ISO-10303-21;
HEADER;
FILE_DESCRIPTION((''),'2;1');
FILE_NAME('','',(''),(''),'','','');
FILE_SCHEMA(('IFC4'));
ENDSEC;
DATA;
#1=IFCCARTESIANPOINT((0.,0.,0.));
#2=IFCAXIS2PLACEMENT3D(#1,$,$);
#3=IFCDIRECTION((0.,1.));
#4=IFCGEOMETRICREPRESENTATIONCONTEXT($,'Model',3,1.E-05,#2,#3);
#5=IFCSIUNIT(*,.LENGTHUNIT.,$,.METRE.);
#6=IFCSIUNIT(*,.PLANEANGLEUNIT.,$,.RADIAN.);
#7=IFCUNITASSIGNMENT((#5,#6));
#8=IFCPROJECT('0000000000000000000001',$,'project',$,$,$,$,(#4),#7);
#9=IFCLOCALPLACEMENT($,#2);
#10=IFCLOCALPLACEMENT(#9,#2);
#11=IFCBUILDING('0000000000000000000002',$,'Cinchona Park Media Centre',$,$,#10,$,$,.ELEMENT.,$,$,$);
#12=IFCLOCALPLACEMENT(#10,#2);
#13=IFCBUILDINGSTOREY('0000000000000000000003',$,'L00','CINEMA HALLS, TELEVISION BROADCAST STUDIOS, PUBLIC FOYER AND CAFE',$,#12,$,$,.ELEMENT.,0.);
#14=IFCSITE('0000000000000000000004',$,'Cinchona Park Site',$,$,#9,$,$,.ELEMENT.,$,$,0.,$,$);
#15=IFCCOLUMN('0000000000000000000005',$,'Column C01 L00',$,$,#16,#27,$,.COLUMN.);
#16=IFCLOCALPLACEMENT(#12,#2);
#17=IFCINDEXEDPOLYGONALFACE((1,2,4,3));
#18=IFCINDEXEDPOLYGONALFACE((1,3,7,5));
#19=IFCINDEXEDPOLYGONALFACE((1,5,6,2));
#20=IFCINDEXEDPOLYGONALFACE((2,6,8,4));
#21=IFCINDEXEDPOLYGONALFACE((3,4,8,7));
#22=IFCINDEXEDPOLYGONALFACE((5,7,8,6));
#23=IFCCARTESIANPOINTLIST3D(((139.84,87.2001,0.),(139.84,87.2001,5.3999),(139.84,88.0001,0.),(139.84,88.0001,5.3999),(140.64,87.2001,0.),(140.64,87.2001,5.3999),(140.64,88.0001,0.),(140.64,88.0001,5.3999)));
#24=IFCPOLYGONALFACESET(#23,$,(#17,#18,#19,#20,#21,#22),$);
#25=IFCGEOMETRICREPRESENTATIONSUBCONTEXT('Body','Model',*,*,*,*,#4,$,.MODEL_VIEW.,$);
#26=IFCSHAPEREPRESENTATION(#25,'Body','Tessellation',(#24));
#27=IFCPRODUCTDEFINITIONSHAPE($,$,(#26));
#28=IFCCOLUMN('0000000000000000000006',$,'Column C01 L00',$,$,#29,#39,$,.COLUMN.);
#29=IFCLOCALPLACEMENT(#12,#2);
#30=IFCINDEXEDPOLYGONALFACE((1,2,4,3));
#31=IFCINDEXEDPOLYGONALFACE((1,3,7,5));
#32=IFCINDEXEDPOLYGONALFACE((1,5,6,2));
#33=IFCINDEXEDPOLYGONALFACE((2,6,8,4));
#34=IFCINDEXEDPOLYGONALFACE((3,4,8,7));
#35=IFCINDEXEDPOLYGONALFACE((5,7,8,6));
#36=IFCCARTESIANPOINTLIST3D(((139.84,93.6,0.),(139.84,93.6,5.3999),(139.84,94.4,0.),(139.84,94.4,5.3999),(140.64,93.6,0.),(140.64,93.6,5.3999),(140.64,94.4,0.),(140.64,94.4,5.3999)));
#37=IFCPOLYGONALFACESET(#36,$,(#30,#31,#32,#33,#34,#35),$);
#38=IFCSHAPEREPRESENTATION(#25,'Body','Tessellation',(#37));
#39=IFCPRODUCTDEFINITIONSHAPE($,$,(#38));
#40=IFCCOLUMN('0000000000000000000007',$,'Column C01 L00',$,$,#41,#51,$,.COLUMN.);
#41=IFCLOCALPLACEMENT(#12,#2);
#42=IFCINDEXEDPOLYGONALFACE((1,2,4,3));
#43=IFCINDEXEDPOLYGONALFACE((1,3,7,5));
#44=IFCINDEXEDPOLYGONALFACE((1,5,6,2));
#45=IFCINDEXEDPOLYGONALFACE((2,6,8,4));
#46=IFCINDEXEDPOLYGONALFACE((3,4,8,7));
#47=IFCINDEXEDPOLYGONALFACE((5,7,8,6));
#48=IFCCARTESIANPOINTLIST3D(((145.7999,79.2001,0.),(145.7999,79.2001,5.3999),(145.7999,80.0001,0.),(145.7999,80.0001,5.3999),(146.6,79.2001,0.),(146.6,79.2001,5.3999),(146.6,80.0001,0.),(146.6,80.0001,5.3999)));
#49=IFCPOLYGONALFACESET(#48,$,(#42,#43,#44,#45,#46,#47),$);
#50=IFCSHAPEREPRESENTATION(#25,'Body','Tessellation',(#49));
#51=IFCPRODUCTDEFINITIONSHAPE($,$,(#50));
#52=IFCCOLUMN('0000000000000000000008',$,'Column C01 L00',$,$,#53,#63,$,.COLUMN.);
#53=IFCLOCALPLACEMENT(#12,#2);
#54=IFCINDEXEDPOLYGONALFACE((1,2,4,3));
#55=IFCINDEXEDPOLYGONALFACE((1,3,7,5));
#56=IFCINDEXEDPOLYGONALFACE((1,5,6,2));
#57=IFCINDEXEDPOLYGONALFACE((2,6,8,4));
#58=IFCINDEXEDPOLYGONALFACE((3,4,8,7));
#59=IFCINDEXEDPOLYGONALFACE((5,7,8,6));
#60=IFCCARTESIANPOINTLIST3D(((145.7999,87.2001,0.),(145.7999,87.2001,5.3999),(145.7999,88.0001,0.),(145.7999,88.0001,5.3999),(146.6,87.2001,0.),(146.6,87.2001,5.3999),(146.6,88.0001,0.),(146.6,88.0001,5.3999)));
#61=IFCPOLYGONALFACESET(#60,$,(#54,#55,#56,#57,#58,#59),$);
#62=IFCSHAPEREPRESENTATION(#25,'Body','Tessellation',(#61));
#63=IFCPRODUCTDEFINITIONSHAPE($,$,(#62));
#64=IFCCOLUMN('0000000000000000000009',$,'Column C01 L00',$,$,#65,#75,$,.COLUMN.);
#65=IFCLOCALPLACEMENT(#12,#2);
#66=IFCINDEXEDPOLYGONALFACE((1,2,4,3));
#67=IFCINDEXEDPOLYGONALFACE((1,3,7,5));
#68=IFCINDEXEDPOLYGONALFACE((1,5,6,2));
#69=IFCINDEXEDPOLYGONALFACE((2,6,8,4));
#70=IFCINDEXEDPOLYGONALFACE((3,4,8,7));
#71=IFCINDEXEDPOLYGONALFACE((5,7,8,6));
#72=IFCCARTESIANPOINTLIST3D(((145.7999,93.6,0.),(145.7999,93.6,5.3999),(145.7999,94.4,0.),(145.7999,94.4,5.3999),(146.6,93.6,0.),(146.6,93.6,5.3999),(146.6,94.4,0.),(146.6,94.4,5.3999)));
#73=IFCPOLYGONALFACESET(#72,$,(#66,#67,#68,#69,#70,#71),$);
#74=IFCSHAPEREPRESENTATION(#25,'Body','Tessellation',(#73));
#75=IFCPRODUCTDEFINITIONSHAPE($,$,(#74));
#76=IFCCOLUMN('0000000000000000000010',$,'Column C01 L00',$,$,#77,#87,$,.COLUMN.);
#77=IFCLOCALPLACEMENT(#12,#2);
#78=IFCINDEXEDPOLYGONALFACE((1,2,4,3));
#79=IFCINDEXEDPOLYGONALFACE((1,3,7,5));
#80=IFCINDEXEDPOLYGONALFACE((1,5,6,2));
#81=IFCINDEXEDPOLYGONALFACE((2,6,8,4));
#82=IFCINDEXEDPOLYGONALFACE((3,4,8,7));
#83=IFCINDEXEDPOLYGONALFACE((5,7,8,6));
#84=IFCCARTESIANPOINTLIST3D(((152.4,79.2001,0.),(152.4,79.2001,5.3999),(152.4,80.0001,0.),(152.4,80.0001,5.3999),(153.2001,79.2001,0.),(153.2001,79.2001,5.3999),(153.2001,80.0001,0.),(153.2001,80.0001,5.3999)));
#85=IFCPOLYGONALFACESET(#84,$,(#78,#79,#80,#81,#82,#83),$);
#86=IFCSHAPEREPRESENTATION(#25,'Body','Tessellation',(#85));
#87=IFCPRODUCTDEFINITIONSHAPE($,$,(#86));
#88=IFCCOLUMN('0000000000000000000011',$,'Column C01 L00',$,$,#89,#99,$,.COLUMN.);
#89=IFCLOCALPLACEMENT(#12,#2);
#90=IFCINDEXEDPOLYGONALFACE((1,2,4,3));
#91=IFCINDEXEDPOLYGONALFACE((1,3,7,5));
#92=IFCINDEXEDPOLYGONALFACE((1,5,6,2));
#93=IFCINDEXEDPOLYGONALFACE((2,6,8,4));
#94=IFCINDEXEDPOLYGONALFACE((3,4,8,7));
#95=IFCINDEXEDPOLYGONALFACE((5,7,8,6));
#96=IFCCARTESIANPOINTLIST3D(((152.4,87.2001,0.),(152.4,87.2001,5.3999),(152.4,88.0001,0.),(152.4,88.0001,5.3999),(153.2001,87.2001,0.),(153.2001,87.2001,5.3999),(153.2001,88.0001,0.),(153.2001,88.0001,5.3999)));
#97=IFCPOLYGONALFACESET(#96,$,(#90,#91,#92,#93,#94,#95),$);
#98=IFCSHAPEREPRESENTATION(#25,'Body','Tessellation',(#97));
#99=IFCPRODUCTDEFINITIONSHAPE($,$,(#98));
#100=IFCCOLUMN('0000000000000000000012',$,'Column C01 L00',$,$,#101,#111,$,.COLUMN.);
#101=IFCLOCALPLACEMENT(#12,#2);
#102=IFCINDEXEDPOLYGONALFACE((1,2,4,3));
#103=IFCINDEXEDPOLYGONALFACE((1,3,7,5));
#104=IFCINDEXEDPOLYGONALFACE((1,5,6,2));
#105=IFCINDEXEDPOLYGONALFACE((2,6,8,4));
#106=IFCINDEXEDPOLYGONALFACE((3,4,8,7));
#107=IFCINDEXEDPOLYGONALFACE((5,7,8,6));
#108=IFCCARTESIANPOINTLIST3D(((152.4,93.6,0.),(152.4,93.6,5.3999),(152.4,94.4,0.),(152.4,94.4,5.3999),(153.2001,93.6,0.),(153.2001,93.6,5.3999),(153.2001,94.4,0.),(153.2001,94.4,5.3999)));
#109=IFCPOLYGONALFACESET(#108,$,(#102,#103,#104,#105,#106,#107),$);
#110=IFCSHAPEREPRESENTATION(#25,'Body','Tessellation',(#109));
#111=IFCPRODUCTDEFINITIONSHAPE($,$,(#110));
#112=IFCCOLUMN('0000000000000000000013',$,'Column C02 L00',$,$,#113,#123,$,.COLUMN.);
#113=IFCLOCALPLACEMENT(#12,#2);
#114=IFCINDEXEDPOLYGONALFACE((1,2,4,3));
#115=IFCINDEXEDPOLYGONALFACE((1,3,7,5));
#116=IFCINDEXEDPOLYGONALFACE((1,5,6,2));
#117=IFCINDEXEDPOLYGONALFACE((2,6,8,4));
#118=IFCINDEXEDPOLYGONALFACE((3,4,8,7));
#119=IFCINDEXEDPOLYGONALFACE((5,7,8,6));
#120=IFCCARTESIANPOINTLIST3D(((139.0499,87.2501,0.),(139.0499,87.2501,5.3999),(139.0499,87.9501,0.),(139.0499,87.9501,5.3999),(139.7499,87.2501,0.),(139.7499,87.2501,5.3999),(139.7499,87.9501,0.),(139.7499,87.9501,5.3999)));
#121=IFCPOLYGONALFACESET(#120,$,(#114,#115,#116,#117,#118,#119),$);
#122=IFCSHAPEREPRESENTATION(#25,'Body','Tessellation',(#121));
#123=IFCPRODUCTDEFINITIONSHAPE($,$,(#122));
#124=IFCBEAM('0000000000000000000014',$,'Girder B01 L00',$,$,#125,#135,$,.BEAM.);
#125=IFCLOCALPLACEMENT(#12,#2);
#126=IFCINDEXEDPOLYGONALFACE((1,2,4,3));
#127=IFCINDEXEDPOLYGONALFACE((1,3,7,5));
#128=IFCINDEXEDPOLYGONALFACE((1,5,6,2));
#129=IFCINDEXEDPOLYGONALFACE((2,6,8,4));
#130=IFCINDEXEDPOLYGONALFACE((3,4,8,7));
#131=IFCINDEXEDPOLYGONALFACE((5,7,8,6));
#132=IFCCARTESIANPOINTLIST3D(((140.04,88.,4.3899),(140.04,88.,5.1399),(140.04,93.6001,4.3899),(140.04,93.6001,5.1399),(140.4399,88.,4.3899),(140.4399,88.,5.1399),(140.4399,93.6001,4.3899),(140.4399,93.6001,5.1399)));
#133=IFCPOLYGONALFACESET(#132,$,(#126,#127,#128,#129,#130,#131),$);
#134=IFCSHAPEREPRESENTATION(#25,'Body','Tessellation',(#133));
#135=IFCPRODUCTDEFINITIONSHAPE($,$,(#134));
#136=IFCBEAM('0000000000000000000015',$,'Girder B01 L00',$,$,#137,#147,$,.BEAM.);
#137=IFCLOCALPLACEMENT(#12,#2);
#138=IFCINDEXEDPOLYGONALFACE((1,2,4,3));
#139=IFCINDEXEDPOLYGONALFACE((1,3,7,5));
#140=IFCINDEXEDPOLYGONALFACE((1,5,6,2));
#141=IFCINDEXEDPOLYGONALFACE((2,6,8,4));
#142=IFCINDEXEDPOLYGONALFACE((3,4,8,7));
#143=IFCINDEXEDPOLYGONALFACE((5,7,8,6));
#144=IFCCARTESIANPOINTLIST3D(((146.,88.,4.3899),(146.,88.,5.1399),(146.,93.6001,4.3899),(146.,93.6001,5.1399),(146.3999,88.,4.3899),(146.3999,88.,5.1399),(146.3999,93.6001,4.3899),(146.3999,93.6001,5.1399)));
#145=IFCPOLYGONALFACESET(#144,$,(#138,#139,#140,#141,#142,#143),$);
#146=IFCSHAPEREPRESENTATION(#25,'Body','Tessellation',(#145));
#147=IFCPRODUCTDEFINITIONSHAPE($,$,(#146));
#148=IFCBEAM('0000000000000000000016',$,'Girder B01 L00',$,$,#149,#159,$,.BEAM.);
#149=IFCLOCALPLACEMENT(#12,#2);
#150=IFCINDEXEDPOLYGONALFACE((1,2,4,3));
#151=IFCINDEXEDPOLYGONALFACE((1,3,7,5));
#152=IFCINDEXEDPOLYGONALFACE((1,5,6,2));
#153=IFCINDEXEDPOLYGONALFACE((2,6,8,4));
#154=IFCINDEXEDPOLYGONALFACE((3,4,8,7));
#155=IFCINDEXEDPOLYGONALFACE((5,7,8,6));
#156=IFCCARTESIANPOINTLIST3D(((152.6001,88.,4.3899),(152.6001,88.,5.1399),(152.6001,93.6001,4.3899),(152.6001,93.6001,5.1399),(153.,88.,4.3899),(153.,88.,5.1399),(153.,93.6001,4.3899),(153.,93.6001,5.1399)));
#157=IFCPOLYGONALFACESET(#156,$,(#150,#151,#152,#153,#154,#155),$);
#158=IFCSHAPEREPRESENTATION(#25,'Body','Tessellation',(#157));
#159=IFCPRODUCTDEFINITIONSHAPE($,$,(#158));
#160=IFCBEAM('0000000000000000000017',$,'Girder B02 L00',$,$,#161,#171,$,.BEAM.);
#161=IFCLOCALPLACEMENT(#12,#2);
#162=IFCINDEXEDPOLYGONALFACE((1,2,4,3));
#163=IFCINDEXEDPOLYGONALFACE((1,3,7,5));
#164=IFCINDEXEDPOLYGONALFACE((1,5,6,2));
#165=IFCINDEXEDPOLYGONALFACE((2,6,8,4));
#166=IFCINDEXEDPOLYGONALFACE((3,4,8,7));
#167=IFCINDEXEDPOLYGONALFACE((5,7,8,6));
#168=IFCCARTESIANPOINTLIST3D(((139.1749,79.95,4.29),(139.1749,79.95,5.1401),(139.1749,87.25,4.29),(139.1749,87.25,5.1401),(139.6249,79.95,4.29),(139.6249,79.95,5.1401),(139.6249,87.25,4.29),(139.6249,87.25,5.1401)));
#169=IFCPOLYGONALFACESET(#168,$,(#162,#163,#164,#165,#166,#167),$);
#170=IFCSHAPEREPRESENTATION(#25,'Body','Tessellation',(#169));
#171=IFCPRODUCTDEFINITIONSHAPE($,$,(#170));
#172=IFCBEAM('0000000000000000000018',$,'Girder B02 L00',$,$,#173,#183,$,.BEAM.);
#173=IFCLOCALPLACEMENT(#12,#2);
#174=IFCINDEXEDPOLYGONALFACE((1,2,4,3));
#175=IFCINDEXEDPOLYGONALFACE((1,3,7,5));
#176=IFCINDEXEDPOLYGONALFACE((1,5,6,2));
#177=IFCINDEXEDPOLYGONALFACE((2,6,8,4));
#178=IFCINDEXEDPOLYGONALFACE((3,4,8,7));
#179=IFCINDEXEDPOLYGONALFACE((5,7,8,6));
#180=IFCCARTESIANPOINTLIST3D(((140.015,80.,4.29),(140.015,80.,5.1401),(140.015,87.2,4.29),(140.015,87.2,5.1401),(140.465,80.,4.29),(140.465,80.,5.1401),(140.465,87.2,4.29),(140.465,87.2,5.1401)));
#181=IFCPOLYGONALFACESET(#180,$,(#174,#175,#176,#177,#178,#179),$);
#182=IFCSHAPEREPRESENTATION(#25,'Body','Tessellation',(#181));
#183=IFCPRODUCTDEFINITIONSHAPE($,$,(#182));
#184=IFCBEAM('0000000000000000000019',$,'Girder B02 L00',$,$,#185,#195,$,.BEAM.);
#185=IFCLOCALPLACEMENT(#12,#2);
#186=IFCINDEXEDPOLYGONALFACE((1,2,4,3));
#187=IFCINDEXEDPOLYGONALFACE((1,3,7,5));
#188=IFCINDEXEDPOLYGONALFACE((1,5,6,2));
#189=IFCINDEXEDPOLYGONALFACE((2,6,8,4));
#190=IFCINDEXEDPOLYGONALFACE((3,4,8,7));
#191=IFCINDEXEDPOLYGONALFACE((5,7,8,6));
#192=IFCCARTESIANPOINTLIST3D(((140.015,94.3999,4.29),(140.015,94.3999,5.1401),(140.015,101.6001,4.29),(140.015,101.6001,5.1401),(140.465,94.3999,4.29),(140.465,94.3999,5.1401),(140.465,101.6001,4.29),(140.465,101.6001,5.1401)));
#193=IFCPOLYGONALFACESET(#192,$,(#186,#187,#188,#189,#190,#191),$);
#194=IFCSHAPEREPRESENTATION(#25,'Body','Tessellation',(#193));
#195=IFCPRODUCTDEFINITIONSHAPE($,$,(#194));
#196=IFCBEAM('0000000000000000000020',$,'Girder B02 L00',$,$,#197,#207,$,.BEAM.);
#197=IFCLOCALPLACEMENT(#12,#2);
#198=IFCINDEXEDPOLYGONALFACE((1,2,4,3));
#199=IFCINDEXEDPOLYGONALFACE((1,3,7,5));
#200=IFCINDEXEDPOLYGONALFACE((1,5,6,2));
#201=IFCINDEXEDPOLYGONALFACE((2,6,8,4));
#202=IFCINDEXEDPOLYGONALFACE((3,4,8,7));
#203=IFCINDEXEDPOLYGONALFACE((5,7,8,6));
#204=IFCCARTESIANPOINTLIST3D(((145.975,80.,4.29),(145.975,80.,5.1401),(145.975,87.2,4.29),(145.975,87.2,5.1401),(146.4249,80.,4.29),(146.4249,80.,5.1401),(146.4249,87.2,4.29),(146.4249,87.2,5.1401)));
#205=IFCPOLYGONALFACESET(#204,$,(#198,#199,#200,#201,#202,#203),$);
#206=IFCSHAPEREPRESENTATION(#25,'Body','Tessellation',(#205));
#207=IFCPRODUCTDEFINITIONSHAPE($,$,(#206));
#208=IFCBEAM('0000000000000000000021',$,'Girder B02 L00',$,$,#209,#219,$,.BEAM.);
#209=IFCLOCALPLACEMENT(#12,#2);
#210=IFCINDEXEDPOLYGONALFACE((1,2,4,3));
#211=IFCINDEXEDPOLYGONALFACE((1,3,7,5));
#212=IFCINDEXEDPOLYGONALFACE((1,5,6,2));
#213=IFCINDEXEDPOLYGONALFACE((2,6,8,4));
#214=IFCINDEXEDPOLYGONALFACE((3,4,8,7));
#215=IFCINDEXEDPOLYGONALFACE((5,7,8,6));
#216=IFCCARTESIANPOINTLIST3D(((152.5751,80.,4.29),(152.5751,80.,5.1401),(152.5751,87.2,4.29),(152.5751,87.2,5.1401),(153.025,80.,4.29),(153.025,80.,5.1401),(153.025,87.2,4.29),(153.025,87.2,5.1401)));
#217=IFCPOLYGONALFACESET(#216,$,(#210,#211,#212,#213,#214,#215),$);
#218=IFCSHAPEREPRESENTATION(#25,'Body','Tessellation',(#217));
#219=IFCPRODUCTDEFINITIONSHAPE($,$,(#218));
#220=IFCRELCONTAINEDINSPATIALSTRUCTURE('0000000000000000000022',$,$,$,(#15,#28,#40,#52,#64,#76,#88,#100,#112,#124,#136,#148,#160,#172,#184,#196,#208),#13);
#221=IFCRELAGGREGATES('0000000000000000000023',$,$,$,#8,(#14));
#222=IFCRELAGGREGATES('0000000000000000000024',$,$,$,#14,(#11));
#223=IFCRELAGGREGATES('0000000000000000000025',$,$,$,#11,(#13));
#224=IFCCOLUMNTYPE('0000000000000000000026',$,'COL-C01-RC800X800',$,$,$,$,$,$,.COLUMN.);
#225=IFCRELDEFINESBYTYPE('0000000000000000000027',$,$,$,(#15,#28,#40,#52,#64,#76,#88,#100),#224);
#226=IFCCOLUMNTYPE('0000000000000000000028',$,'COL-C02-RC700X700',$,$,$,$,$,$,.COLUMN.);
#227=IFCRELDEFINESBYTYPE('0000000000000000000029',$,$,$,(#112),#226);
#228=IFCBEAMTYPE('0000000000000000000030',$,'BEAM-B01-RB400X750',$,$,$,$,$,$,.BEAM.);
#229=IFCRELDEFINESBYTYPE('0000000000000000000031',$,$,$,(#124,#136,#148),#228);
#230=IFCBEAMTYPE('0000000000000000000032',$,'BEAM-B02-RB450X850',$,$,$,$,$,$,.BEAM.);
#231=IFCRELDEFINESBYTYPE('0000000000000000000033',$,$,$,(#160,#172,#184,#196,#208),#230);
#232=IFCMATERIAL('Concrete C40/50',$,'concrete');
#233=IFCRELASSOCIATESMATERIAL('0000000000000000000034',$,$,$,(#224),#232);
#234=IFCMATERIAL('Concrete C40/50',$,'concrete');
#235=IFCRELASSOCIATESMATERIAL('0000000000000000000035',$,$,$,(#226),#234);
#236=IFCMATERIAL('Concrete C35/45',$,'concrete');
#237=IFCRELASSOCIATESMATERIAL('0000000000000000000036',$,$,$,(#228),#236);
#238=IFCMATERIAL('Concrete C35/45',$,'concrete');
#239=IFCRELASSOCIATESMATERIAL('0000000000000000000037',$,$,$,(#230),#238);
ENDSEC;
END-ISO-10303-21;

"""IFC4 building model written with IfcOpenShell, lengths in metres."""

from ifc_helpers import new_model, si_unit, direction, frame, origin, origin_2d, place, context, subcontext, project, spatial, rectangle, extrude, material, material_profile, profile_set, type_object, element, save


model = new_model("IFC4")

# Units and contexts
model_context = context("Model", 3, precision=1e-05, world=origin(), true_north=direction((0.0, 1.0)))
body_context = subcontext(model_context, "Body", "Model", "MODEL_VIEW")
ifc_project = project(units=[si_unit("LENGTHUNIT", "METRE"), si_unit("PLANEANGLEUNIT", "RADIAN")], contexts=[model_context])

# Site, building, storey
site_placement = place(None, origin())
site = spatial("IfcSite", under=ifc_project, at=site_placement, Name="Cinchona Park Site", CompositionType="ELEMENT", RefElevation=0.0)
building_placement = place(site_placement, origin())
building = spatial("IfcBuilding", under=site, at=building_placement, Name="Cinchona Park Media Centre", CompositionType="ELEMENT")
storey_placement = place(building_placement, origin())
storey = spatial("IfcBuildingStorey", under=building, at=storey_placement, Name="L00", Description="CINEMA HALLS, TELEVISION BROADCAST STUDIOS, PUBLIC FOYER AND CAFE", CompositionType="ELEMENT", Elevation=0.0)

# Columns
ifc_material_1 = material(Name="Concrete C40/50", Category="concrete")
ifc_material_profile_1 = material_profile(ifc_material_1, rectangle(XDim=0.8, YDim=0.8, at=origin_2d()), Name="RC 800X800")
ifc_profile_set_1 = profile_set([ifc_material_profile_1], Name="Concrete C40/50")
column_type_1 = type_object("IfcColumnType", Name="COL-C01-RC800X800", PredefinedType="COLUMN", material=ifc_profile_set_1)
for number, where, z_axis, x_axis, name in (
    (1, (140.24, 87.6001, 0.0), (0.0, 0.0, 1.0), (1.0, 0.0, 0.0), "Column C01 L00"),
    (2, (140.24, 94.0, 0.0), (0.0, 0.0, 1.0), (1.0, 0.0, 0.0), "Column C01 L00"),
    (3, (146.2, 79.6001, 0.0), (0.0, 0.0, 1.0), (1.0, 0.0, 0.0), "Column C01 L00"),
    (4, (146.2, 87.6001, 0.0), (0.0, 0.0, 1.0), (1.0, 0.0, 0.0), "Column C01 L00"),
    (5, (146.2, 94.0, 0.0), (0.0, 0.0, 1.0), (1.0, 0.0, 0.0), "Column C01 L00"),
    (6, (152.8, 79.6001, 0.0), (0.0, 0.0, 1.0), (1.0, 0.0, 0.0), "Column C01 L00"),
    (7, (152.8, 87.6001, 0.0), (0.0, 0.0, 1.0), (1.0, 0.0, 0.0), "Column C01 L00"),
    (8, (152.8, 94.0, 0.0), (0.0, 0.0, 1.0), (1.0, 0.0, 0.0), "Column C01 L00"),
):
    element("IfcColumn", number, at=place(storey_placement, frame(where, z_axis=z_axis, x_axis=x_axis)), inside=storey, type_object=column_type_1, Name=name, PredefinedType="COLUMN", context=body_context, shape_type="SweptSolid", body=[
        extrude(rectangle(XDim=0.8, YDim=0.8, at=origin_2d()), origin(), (0.0, 0.0, 1.0), 5.3999),
    ])
ifc_material_2 = material(Name="Concrete C40/50", Category="concrete")
ifc_material_profile_2 = material_profile(ifc_material_2, rectangle(XDim=0.7, YDim=0.7, at=origin_2d()), Name="RC 700X700")
ifc_profile_set_2 = profile_set([ifc_material_profile_2], Name="Concrete C40/50")
column_type_2 = type_object("IfcColumnType", Name="COL-C02-RC700X700", PredefinedType="COLUMN", material=ifc_profile_set_2)
column_placement = place(storey_placement, frame((139.3999, 87.6001, 0.0), z_axis=(0.0, 0.0, 1.0), x_axis=(1.0, 0.0, 0.0)))
element("IfcColumn", 9, at=column_placement, inside=storey, type_object=column_type_2, Name="Column C02 L00", PredefinedType="COLUMN", context=body_context, shape_type="SweptSolid", body=[
    extrude(rectangle(XDim=0.7, YDim=0.7, at=origin_2d()), origin(), (0.0, 0.0, 1.0), 5.3999),
])

# Beams
ifc_material_3 = material(Name="Concrete C35/45", Category="concrete")
ifc_material_profile_3 = material_profile(ifc_material_3, rectangle(XDim=0.3999, YDim=0.75, at=origin_2d()), Name="RB 400X750")
ifc_profile_set_3 = profile_set([ifc_material_profile_3], Name="Concrete C35/45")
beam_type_1 = type_object("IfcBeamType", Name="BEAM-B01-RB400X750", PredefinedType="BEAM", material=ifc_profile_set_3)
for number, where, z_axis, x_axis, name in (
    (10, (140.24, 88.0, 4.7649), (0.0, 1.0, 0.0), (-1.0, 0.0, 0.0), "Girder B01 L00"),
    (11, (146.2, 88.0, 4.7649), (0.0, 1.0, 0.0), (-1.0, 0.0, 0.0), "Girder B01 L00"),
    (12, (152.8, 88.0, 4.7649), (0.0, 1.0, 0.0), (-1.0, 0.0, 0.0), "Girder B01 L00"),
):
    element("IfcBeam", number, at=place(storey_placement, frame(where, z_axis=z_axis, x_axis=x_axis)), inside=storey, type_object=beam_type_1, Name=name, PredefinedType="BEAM", context=body_context, shape_type="SweptSolid", body=[
        extrude(rectangle(XDim=0.3999, YDim=0.75, at=origin_2d()), origin(), (0.0, 0.0, 1.0), 5.6001),
    ])
ifc_material_4 = material(Name="Concrete C35/45", Category="concrete")
ifc_material_profile_4 = material_profile(ifc_material_4, rectangle(XDim=0.45, YDim=0.8501, at=origin_2d()), Name="RB 450X850")
ifc_profile_set_4 = profile_set([ifc_material_profile_4], Name="Concrete C35/45")
beam_type_2 = type_object("IfcBeamType", Name="BEAM-B02-RB450X850", PredefinedType="BEAM", material=ifc_profile_set_4)
beam_1_placement = place(storey_placement, frame((139.3999, 79.95, 4.7151), z_axis=(0.0, 1.0, 0.0), x_axis=(-1.0, 0.0, 0.0)))
element("IfcBeam", 13, at=beam_1_placement, inside=storey, type_object=beam_type_2, Name="Girder B02 L00", PredefinedType="BEAM", context=body_context, shape_type="SweptSolid", body=[
    extrude(rectangle(XDim=0.45, YDim=0.8501, at=origin_2d()), origin(), (0.0, 0.0, 1.0), 7.3),
])
beam_2_placement = place(storey_placement, frame((140.24, 80.0, 4.7151), z_axis=(0.0, 1.0, 0.0), x_axis=(-1.0, 0.0, 0.0)))
element("IfcBeam", 14, at=beam_2_placement, inside=storey, type_object=beam_type_2, Name="Girder B02 L00", PredefinedType="BEAM", context=body_context, shape_type="SweptSolid", body=[
    extrude(rectangle(XDim=0.45, YDim=0.8501, at=origin_2d()), origin(), (0.0, 0.0, 1.0), 7.2),
])
beam_3_placement = place(storey_placement, frame((140.24, 94.3999, 4.7151), z_axis=(0.0, 1.0, 0.0), x_axis=(-1.0, 0.0, 0.0)))
element("IfcBeam", 15, at=beam_3_placement, inside=storey, type_object=beam_type_2, Name="Girder B02 L00", PredefinedType="BEAM", context=body_context, shape_type="SweptSolid", body=[
    extrude(rectangle(XDim=0.45, YDim=0.8501, at=origin_2d()), origin(), (0.0, 0.0, 1.0), 7.2002),
])
for number, where, z_axis, x_axis, name in (
    (16, (146.2, 80.0, 4.7151), (0.0, 1.0, 0.0), (-1.0, 0.0, 0.0), "Girder B02 L00"),
    (17, (152.8, 80.0, 4.7151), (0.0, 1.0, 0.0), (-1.0, 0.0, 0.0), "Girder B02 L00"),
):
    element("IfcBeam", number, at=place(storey_placement, frame(where, z_axis=z_axis, x_axis=x_axis)), inside=storey, type_object=beam_type_2, Name=name, PredefinedType="BEAM", context=body_context, shape_type="SweptSolid", body=[
        extrude(rectangle(XDim=0.45, YDim=0.8501, at=origin_2d()), origin(), (0.0, 0.0, 1.0), 7.2),
    ])

save(model, "model.ifc")
